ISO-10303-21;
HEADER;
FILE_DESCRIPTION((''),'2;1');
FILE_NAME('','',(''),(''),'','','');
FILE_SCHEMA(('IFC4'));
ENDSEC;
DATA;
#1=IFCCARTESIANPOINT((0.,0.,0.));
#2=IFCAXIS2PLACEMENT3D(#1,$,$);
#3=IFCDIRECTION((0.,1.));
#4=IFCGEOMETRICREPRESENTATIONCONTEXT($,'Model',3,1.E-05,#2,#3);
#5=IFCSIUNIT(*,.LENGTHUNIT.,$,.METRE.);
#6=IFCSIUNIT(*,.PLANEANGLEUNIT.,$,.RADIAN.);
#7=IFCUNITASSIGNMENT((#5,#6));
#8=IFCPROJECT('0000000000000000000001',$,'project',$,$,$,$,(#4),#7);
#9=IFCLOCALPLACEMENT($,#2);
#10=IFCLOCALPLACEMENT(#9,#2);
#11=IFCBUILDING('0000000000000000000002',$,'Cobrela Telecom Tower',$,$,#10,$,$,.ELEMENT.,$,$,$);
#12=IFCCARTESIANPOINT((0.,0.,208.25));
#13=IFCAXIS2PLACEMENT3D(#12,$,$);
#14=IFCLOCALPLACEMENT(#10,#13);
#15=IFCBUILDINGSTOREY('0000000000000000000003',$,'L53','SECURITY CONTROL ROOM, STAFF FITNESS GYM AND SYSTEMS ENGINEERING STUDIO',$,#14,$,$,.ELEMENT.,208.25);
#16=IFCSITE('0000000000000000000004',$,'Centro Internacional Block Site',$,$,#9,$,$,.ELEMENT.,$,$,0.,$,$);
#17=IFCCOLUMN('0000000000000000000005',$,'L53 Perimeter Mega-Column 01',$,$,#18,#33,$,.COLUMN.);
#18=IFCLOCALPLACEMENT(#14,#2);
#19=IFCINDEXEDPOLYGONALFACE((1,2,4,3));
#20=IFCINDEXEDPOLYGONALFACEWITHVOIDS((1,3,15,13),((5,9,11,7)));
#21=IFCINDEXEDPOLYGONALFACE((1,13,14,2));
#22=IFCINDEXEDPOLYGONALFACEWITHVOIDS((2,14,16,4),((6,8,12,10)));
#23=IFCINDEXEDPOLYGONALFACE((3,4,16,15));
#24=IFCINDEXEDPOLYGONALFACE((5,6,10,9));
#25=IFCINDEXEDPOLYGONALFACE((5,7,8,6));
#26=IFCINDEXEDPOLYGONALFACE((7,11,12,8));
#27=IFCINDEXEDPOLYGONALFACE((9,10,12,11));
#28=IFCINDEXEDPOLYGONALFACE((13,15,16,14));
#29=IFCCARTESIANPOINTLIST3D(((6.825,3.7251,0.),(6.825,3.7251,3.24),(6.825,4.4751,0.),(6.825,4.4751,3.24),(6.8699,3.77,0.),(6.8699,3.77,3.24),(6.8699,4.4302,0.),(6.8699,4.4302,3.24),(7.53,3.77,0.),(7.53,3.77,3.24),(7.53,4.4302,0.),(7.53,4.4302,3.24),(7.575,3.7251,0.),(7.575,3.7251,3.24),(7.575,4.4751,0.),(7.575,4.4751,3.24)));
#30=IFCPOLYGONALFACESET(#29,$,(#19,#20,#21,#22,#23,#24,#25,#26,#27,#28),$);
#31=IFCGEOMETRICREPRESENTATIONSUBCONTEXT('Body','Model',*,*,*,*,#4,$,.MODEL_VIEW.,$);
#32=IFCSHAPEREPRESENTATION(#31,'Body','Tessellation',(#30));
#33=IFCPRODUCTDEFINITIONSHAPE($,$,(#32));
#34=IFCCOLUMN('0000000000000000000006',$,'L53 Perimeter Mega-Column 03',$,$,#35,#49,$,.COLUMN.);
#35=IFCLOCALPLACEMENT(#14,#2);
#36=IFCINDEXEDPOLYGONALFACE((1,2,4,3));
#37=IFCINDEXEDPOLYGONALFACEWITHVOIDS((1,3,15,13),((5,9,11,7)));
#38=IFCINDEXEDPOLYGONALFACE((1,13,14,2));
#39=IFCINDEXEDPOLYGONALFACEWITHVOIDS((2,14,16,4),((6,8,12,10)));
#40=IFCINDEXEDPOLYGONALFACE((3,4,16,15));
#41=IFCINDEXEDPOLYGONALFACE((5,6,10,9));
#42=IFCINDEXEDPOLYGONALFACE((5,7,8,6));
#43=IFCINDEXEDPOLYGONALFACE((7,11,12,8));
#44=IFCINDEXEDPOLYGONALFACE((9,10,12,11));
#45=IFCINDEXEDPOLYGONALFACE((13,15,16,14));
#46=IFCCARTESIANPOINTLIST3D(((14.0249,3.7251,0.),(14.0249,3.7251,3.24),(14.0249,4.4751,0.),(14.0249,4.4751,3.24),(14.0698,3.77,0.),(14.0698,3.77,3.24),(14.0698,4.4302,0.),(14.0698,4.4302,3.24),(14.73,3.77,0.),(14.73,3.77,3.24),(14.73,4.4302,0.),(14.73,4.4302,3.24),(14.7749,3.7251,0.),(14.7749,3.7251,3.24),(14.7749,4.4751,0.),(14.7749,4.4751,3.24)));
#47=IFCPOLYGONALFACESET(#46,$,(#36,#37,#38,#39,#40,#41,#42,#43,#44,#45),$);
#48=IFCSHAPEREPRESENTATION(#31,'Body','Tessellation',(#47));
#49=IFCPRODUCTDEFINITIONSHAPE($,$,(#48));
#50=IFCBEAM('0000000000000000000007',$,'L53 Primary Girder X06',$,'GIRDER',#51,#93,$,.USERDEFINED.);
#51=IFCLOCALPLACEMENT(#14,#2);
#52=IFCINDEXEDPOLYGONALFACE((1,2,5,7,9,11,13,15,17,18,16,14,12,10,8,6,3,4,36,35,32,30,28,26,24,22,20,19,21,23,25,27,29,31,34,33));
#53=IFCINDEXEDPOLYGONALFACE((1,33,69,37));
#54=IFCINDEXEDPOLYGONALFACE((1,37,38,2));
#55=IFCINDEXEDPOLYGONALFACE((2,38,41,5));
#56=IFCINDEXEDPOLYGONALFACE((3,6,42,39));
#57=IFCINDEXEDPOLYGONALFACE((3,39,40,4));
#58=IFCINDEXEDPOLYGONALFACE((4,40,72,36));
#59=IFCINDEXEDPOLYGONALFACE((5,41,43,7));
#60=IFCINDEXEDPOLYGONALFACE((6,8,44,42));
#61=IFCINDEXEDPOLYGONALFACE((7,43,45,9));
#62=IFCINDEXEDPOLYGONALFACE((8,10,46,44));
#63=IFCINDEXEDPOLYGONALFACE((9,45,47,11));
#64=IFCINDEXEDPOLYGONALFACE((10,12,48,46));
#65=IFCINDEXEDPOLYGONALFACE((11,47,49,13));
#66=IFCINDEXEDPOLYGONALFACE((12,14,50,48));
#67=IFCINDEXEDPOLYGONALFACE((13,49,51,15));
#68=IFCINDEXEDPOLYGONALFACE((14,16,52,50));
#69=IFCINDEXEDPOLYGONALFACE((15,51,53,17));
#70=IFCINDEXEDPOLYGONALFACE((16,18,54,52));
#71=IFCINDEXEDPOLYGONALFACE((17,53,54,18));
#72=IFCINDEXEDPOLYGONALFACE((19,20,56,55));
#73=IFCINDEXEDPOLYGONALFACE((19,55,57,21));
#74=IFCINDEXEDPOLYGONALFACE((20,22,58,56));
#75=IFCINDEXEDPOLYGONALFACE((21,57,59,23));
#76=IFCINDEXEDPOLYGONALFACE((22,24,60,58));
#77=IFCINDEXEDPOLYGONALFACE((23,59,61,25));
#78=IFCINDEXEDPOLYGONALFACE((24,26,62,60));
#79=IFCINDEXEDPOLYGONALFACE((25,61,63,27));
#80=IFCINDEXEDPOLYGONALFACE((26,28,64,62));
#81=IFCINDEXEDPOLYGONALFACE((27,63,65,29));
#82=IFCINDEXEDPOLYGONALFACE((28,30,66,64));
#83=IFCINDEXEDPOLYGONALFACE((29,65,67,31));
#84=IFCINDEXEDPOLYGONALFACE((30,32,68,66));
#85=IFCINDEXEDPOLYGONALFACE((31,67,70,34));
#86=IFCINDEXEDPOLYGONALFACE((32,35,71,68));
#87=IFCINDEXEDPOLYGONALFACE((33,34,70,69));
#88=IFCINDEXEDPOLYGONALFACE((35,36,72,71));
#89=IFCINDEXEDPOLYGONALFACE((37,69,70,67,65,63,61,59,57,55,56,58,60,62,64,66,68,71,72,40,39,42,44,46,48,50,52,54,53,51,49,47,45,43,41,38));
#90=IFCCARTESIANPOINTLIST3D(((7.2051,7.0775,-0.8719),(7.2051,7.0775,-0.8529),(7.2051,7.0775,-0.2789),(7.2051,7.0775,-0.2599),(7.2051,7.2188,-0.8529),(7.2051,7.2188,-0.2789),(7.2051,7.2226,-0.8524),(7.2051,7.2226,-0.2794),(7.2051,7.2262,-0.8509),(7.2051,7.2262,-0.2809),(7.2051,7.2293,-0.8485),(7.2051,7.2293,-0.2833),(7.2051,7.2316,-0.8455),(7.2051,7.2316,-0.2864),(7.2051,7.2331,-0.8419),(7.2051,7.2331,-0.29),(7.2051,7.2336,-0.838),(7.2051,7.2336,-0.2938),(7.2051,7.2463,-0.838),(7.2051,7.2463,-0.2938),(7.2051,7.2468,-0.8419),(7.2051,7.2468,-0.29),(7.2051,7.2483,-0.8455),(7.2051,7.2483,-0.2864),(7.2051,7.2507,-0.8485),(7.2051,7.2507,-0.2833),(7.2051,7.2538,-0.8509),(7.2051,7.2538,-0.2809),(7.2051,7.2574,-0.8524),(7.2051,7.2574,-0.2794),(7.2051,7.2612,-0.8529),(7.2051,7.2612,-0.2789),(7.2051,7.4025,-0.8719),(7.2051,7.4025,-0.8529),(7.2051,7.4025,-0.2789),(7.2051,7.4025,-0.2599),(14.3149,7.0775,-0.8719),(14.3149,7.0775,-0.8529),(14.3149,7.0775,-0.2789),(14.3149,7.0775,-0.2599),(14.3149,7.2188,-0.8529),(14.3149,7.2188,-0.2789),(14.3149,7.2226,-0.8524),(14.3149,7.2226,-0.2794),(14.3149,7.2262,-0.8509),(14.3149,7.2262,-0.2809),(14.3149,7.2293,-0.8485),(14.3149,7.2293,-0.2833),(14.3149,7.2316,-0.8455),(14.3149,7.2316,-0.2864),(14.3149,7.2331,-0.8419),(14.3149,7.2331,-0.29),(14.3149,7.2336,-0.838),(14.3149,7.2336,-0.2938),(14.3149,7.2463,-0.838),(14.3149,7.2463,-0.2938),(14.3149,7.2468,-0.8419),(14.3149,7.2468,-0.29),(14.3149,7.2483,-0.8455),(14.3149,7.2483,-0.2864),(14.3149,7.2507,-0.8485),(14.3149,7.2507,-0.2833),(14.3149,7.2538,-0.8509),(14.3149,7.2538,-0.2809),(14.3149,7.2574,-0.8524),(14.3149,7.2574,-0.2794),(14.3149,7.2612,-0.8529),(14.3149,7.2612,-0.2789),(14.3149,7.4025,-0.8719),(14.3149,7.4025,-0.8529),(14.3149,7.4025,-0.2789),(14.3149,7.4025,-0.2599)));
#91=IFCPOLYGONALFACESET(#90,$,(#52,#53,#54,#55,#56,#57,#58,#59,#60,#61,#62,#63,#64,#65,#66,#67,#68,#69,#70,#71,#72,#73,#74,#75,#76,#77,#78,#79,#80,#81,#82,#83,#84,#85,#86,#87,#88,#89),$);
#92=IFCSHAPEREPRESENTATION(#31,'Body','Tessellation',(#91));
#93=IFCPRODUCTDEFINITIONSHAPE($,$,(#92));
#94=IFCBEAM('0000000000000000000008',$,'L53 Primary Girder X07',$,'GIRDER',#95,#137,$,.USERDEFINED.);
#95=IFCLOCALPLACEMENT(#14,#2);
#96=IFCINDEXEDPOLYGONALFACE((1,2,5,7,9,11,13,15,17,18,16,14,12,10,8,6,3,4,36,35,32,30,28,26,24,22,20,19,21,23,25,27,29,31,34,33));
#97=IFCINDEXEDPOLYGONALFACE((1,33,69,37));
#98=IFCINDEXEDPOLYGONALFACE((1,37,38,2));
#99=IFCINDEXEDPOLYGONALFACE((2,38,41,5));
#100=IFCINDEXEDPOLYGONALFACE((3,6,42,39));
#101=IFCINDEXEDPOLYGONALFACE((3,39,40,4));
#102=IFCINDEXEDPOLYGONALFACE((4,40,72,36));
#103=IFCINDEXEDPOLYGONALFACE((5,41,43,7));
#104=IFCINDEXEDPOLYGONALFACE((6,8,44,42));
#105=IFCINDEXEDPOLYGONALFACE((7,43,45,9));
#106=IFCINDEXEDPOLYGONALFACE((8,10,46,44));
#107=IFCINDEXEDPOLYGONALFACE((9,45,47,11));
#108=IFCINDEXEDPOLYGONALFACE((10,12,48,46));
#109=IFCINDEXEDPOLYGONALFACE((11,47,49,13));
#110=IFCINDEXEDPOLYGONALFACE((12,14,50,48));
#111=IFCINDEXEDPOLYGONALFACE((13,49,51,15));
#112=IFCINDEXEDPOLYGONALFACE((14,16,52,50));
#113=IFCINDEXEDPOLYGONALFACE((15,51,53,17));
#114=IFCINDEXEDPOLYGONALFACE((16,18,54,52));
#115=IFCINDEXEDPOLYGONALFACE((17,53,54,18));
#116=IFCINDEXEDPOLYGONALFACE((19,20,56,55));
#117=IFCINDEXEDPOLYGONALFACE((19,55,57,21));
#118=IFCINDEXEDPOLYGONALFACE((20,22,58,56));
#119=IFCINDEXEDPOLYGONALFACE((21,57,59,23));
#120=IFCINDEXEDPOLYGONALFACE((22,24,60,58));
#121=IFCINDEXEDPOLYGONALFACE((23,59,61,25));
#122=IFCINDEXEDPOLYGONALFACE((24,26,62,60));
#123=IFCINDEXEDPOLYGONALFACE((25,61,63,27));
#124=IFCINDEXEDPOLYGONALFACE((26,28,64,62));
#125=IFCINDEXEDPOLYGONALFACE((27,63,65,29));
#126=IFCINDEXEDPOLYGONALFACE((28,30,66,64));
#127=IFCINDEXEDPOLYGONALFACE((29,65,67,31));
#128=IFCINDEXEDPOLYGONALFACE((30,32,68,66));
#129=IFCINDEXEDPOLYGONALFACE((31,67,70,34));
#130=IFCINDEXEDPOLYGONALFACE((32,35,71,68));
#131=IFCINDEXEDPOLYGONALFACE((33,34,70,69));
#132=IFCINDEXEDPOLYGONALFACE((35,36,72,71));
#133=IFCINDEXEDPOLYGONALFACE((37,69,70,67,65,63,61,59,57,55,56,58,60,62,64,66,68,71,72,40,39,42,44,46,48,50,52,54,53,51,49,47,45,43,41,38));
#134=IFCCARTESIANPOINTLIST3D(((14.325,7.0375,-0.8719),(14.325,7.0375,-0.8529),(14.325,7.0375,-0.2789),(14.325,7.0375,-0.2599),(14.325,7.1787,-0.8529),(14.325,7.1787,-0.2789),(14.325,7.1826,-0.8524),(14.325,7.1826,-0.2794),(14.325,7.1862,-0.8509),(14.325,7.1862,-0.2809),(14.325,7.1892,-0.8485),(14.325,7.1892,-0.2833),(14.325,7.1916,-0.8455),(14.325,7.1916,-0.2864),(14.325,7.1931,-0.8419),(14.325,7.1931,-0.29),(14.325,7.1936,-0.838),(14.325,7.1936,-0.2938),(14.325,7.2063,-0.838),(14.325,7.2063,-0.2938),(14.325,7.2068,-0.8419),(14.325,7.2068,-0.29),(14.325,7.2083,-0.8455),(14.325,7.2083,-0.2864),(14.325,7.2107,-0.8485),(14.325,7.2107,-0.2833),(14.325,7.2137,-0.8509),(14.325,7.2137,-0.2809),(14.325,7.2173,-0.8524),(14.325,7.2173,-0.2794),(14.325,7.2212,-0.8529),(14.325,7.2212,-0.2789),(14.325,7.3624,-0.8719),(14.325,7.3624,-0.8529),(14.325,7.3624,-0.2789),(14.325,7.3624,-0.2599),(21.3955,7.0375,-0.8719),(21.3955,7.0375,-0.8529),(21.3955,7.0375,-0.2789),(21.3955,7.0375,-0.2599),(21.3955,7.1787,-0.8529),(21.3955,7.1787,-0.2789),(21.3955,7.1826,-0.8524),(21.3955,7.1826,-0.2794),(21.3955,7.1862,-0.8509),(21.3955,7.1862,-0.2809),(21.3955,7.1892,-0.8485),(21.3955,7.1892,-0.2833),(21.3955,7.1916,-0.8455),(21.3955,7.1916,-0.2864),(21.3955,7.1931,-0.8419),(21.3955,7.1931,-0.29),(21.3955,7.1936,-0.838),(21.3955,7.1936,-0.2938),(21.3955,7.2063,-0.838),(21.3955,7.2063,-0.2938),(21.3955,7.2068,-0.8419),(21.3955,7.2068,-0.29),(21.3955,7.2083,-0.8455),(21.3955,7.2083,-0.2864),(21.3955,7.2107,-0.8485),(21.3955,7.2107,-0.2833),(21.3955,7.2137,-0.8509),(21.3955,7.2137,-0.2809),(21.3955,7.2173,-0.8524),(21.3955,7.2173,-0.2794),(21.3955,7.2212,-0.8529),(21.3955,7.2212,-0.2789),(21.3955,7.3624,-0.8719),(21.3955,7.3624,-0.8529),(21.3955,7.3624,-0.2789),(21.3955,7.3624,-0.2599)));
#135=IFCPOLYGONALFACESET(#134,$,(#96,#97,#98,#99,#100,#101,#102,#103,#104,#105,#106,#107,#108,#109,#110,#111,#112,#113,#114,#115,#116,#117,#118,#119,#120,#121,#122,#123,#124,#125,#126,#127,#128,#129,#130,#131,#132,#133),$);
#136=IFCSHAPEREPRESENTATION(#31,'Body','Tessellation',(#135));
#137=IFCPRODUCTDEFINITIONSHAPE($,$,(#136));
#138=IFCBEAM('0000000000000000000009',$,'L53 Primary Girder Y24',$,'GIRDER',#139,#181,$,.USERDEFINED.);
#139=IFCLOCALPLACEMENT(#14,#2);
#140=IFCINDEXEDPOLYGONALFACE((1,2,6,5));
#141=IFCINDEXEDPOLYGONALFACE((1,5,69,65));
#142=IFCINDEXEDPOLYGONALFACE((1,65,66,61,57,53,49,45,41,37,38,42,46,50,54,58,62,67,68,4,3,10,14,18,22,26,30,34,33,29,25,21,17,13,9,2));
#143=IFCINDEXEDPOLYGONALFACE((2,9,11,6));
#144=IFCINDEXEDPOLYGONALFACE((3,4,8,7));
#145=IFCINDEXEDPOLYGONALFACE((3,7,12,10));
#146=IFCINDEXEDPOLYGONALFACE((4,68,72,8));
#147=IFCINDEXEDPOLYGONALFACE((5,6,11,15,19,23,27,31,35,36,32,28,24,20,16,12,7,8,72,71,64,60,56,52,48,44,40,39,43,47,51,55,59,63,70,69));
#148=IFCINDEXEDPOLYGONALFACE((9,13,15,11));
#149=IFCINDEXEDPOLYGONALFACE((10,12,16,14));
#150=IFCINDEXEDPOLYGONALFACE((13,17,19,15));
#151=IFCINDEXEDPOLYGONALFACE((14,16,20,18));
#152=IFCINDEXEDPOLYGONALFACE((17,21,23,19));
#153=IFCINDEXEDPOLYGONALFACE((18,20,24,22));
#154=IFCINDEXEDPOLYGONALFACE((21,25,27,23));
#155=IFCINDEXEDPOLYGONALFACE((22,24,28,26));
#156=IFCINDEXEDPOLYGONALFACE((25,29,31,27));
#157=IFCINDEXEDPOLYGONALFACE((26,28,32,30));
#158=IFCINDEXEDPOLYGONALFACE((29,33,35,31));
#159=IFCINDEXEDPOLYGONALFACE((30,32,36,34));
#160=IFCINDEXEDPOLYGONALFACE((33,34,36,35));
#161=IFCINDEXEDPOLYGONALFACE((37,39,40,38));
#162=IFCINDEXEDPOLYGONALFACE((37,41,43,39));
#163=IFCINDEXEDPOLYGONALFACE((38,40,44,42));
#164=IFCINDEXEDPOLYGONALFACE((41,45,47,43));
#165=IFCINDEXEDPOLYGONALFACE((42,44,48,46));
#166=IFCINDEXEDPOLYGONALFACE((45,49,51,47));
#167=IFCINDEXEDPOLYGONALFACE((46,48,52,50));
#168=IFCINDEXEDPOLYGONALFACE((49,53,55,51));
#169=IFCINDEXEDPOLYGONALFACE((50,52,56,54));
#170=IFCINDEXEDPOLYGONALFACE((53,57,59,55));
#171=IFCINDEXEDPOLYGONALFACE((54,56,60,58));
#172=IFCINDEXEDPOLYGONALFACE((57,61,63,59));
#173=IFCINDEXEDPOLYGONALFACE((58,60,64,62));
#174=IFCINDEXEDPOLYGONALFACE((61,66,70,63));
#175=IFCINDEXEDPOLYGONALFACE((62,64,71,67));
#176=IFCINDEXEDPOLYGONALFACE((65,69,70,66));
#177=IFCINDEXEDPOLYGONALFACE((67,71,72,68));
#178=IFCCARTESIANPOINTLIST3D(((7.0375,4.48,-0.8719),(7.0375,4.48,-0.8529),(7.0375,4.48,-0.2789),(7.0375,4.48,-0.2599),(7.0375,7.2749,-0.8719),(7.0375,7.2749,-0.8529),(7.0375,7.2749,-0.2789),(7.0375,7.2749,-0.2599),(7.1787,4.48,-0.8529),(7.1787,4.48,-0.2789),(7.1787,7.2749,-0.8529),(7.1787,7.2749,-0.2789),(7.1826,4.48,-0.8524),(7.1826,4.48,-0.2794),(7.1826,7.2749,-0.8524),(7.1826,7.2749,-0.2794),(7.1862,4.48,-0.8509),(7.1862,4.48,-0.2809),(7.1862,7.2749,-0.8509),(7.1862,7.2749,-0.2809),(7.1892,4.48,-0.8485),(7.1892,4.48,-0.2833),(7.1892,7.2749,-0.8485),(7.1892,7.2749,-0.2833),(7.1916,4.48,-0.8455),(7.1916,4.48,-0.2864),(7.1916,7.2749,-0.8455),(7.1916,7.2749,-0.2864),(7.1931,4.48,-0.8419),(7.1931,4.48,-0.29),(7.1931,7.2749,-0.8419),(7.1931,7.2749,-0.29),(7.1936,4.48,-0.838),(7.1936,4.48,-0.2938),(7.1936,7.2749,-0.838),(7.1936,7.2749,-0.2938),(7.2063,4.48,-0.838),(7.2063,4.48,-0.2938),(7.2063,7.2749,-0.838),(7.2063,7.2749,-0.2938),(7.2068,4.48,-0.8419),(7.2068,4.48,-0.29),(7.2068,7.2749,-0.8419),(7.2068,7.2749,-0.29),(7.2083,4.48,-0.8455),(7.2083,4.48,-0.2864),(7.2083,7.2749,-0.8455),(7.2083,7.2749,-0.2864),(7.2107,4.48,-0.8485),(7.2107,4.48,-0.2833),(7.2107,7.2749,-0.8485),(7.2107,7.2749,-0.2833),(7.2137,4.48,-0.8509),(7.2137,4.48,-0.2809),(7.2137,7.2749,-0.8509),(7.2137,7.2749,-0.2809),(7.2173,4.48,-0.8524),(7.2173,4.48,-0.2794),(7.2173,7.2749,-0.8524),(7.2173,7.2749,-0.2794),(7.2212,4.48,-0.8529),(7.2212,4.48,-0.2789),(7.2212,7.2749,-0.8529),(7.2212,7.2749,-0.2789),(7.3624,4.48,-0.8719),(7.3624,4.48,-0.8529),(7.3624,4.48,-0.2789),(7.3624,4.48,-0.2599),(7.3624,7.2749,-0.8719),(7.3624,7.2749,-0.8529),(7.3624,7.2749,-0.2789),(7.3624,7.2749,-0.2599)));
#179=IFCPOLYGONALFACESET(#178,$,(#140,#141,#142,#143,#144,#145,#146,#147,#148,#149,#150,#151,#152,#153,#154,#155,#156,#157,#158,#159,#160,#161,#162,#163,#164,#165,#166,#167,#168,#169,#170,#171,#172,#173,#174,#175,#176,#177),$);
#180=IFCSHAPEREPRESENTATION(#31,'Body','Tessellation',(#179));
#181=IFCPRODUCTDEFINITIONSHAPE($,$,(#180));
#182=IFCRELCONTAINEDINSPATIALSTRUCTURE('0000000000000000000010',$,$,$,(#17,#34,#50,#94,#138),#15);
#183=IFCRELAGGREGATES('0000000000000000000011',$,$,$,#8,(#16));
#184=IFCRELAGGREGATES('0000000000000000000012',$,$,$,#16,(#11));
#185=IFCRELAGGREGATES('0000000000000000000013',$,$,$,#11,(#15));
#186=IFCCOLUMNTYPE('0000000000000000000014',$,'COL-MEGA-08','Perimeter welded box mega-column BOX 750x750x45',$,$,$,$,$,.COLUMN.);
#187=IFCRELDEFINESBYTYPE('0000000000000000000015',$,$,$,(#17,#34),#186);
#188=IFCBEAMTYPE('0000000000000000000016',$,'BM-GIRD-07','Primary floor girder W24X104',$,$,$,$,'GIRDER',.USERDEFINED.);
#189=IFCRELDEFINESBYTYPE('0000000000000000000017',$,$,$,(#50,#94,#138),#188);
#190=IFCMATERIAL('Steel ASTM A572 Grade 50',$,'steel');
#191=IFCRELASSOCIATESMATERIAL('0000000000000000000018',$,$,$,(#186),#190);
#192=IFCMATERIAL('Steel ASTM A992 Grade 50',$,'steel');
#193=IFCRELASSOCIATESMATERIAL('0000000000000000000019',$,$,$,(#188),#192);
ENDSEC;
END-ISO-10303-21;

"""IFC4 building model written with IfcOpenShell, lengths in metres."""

from ifc_helpers import new_model, si_unit, direction, frame, origin, origin_2d, place, context, subcontext, project, spatial, hollow_rectangle, i_section, extrude, material, material_profile, profile_set, type_object, element, save


model = new_model("IFC4")

# Units and contexts
model_context = context("Model", 3, precision=1e-05, world=origin(), true_north=direction((0.0, 1.0)))
body_context = subcontext(model_context, "Body", "Model", "MODEL_VIEW")
ifc_project = project(units=[si_unit("LENGTHUNIT", "METRE"), si_unit("PLANEANGLEUNIT", "RADIAN")], contexts=[model_context])

# Site, building, storey
site_placement = place(None, origin())
site = spatial("IfcSite", under=ifc_project, at=site_placement, Name="Centro Internacional Block Site", CompositionType="ELEMENT", RefElevation=0.0)
building_placement = place(site_placement, origin())
building = spatial("IfcBuilding", under=site, at=building_placement, Name="Cobrela Telecom Tower", CompositionType="ELEMENT")
storey_placement = place(building_placement, frame((0.0, 0.0, 208.25)))
storey = spatial("IfcBuildingStorey", under=building, at=storey_placement, Name="L53", Description="SECURITY CONTROL ROOM, STAFF FITNESS GYM AND SYSTEMS ENGINEERING STUDIO", CompositionType="ELEMENT", Elevation=208.25)

# Columns
ifc_material_1 = material(Name="Steel ASTM A572 Grade 50", Category="steel")
ifc_material_profile_1 = material_profile(ifc_material_1, hollow_rectangle(XDim=0.75, YDim=0.75, WallThickness=0.0449, at=origin_2d()), Name="BOX 750x750x45")
ifc_profile_set_1 = profile_set([ifc_material_profile_1], Name="Steel ASTM A572 Grade 50")
column_type = type_object("IfcColumnType", Name="COL-MEGA-08", Description="Perimeter welded box mega-column BOX 750x750x45", PredefinedType="COLUMN", material=ifc_profile_set_1)
for number, where, z_axis, x_axis, name in (
    (1, (7.2, 4.1001, 0.0), (0.0, 0.0, 1.0), (1.0, 0.0, 0.0), "L53 Perimeter Mega-Column 01"),
    (2, (14.3999, 4.1001, 0.0), (0.0, 0.0, 1.0), (1.0, 0.0, 0.0), "L53 Perimeter Mega-Column 03"),
):
    element("IfcColumn", number, at=place(storey_placement, frame(where, z_axis=z_axis, x_axis=x_axis)), inside=storey, type_object=column_type, Name=name, PredefinedType="COLUMN", context=body_context, shape_type="SweptSolid", body=[
        extrude(hollow_rectangle(XDim=0.75, YDim=0.75, WallThickness=0.0449, at=origin_2d()), origin(), (0.0, 0.0, 1.0), 3.24),
    ])

# Beams
ifc_material_2 = material(Name="Steel ASTM A992 Grade 50", Category="steel")
ifc_material_profile_2 = material_profile(ifc_material_2, i_section(OverallWidth=0.325, OverallDepth=0.6121, WebThickness=0.0127, FlangeThickness=0.019, FilletRadius=0.0149, at=origin_2d()), Name="W24X104")
ifc_profile_set_2 = profile_set([ifc_material_profile_2], Name="Steel ASTM A992 Grade 50")
beam_type_1 = type_object("IfcBeamType", Name="BM-GIRD-07", Description="Primary floor girder W24X104", ElementType="GIRDER", PredefinedType="USERDEFINED", material=ifc_profile_set_2)
beam_1_placement = place(storey_placement, frame((7.2051, 7.24, -0.5659), z_axis=(1.0, 0.0, 0.0), x_axis=(0.0, 1.0, 0.0)))
element("IfcBeam", 3, at=beam_1_placement, inside=storey, type_object=beam_type_1, Name="L53 Primary Girder X06", ObjectType="GIRDER", PredefinedType="USERDEFINED", context=body_context, shape_type="SweptSolid", body=[
    extrude(i_section(OverallWidth=0.325, OverallDepth=0.6121, WebThickness=0.0127, FlangeThickness=0.019, FilletRadius=0.0149, at=origin_2d()), origin(), (0.0, 0.0, 1.0), 7.1099),
])
beam_2_placement = place(storey_placement, frame((14.325, 7.2, -0.5659), z_axis=(1.0, 0.0, 0.0), x_axis=(0.0, 1.0, 0.0)))
element("IfcBeam", 4, at=beam_2_placement, inside=storey, type_object=beam_type_1, Name="L53 Primary Girder X07", ObjectType="GIRDER", PredefinedType="USERDEFINED", context=body_context, shape_type="SweptSolid", body=[
    extrude(i_section(OverallWidth=0.325, OverallDepth=0.6121, WebThickness=0.0127, FlangeThickness=0.019, FilletRadius=0.0149, at=origin_2d()), origin(), (0.0, 0.0, 1.0), 7.0706),
])
beam_3_placement = place(storey_placement, frame((7.2, 4.48, -0.5659), z_axis=(0.0, 1.0, 0.0), x_axis=(-1.0, 0.0, 0.0)))
element("IfcBeam", 5, at=beam_3_placement, inside=storey, type_object=beam_type_1, Name="L53 Primary Girder Y24", ObjectType="GIRDER", PredefinedType="USERDEFINED", context=body_context, shape_type="SweptSolid", body=[
    extrude(i_section(OverallWidth=0.325, OverallDepth=0.6121, WebThickness=0.0127, FlangeThickness=0.019, FilletRadius=0.0149, at=origin_2d()), origin(), (0.0, 0.0, 1.0), 2.7949),
])

save(model, "model.ifc")
